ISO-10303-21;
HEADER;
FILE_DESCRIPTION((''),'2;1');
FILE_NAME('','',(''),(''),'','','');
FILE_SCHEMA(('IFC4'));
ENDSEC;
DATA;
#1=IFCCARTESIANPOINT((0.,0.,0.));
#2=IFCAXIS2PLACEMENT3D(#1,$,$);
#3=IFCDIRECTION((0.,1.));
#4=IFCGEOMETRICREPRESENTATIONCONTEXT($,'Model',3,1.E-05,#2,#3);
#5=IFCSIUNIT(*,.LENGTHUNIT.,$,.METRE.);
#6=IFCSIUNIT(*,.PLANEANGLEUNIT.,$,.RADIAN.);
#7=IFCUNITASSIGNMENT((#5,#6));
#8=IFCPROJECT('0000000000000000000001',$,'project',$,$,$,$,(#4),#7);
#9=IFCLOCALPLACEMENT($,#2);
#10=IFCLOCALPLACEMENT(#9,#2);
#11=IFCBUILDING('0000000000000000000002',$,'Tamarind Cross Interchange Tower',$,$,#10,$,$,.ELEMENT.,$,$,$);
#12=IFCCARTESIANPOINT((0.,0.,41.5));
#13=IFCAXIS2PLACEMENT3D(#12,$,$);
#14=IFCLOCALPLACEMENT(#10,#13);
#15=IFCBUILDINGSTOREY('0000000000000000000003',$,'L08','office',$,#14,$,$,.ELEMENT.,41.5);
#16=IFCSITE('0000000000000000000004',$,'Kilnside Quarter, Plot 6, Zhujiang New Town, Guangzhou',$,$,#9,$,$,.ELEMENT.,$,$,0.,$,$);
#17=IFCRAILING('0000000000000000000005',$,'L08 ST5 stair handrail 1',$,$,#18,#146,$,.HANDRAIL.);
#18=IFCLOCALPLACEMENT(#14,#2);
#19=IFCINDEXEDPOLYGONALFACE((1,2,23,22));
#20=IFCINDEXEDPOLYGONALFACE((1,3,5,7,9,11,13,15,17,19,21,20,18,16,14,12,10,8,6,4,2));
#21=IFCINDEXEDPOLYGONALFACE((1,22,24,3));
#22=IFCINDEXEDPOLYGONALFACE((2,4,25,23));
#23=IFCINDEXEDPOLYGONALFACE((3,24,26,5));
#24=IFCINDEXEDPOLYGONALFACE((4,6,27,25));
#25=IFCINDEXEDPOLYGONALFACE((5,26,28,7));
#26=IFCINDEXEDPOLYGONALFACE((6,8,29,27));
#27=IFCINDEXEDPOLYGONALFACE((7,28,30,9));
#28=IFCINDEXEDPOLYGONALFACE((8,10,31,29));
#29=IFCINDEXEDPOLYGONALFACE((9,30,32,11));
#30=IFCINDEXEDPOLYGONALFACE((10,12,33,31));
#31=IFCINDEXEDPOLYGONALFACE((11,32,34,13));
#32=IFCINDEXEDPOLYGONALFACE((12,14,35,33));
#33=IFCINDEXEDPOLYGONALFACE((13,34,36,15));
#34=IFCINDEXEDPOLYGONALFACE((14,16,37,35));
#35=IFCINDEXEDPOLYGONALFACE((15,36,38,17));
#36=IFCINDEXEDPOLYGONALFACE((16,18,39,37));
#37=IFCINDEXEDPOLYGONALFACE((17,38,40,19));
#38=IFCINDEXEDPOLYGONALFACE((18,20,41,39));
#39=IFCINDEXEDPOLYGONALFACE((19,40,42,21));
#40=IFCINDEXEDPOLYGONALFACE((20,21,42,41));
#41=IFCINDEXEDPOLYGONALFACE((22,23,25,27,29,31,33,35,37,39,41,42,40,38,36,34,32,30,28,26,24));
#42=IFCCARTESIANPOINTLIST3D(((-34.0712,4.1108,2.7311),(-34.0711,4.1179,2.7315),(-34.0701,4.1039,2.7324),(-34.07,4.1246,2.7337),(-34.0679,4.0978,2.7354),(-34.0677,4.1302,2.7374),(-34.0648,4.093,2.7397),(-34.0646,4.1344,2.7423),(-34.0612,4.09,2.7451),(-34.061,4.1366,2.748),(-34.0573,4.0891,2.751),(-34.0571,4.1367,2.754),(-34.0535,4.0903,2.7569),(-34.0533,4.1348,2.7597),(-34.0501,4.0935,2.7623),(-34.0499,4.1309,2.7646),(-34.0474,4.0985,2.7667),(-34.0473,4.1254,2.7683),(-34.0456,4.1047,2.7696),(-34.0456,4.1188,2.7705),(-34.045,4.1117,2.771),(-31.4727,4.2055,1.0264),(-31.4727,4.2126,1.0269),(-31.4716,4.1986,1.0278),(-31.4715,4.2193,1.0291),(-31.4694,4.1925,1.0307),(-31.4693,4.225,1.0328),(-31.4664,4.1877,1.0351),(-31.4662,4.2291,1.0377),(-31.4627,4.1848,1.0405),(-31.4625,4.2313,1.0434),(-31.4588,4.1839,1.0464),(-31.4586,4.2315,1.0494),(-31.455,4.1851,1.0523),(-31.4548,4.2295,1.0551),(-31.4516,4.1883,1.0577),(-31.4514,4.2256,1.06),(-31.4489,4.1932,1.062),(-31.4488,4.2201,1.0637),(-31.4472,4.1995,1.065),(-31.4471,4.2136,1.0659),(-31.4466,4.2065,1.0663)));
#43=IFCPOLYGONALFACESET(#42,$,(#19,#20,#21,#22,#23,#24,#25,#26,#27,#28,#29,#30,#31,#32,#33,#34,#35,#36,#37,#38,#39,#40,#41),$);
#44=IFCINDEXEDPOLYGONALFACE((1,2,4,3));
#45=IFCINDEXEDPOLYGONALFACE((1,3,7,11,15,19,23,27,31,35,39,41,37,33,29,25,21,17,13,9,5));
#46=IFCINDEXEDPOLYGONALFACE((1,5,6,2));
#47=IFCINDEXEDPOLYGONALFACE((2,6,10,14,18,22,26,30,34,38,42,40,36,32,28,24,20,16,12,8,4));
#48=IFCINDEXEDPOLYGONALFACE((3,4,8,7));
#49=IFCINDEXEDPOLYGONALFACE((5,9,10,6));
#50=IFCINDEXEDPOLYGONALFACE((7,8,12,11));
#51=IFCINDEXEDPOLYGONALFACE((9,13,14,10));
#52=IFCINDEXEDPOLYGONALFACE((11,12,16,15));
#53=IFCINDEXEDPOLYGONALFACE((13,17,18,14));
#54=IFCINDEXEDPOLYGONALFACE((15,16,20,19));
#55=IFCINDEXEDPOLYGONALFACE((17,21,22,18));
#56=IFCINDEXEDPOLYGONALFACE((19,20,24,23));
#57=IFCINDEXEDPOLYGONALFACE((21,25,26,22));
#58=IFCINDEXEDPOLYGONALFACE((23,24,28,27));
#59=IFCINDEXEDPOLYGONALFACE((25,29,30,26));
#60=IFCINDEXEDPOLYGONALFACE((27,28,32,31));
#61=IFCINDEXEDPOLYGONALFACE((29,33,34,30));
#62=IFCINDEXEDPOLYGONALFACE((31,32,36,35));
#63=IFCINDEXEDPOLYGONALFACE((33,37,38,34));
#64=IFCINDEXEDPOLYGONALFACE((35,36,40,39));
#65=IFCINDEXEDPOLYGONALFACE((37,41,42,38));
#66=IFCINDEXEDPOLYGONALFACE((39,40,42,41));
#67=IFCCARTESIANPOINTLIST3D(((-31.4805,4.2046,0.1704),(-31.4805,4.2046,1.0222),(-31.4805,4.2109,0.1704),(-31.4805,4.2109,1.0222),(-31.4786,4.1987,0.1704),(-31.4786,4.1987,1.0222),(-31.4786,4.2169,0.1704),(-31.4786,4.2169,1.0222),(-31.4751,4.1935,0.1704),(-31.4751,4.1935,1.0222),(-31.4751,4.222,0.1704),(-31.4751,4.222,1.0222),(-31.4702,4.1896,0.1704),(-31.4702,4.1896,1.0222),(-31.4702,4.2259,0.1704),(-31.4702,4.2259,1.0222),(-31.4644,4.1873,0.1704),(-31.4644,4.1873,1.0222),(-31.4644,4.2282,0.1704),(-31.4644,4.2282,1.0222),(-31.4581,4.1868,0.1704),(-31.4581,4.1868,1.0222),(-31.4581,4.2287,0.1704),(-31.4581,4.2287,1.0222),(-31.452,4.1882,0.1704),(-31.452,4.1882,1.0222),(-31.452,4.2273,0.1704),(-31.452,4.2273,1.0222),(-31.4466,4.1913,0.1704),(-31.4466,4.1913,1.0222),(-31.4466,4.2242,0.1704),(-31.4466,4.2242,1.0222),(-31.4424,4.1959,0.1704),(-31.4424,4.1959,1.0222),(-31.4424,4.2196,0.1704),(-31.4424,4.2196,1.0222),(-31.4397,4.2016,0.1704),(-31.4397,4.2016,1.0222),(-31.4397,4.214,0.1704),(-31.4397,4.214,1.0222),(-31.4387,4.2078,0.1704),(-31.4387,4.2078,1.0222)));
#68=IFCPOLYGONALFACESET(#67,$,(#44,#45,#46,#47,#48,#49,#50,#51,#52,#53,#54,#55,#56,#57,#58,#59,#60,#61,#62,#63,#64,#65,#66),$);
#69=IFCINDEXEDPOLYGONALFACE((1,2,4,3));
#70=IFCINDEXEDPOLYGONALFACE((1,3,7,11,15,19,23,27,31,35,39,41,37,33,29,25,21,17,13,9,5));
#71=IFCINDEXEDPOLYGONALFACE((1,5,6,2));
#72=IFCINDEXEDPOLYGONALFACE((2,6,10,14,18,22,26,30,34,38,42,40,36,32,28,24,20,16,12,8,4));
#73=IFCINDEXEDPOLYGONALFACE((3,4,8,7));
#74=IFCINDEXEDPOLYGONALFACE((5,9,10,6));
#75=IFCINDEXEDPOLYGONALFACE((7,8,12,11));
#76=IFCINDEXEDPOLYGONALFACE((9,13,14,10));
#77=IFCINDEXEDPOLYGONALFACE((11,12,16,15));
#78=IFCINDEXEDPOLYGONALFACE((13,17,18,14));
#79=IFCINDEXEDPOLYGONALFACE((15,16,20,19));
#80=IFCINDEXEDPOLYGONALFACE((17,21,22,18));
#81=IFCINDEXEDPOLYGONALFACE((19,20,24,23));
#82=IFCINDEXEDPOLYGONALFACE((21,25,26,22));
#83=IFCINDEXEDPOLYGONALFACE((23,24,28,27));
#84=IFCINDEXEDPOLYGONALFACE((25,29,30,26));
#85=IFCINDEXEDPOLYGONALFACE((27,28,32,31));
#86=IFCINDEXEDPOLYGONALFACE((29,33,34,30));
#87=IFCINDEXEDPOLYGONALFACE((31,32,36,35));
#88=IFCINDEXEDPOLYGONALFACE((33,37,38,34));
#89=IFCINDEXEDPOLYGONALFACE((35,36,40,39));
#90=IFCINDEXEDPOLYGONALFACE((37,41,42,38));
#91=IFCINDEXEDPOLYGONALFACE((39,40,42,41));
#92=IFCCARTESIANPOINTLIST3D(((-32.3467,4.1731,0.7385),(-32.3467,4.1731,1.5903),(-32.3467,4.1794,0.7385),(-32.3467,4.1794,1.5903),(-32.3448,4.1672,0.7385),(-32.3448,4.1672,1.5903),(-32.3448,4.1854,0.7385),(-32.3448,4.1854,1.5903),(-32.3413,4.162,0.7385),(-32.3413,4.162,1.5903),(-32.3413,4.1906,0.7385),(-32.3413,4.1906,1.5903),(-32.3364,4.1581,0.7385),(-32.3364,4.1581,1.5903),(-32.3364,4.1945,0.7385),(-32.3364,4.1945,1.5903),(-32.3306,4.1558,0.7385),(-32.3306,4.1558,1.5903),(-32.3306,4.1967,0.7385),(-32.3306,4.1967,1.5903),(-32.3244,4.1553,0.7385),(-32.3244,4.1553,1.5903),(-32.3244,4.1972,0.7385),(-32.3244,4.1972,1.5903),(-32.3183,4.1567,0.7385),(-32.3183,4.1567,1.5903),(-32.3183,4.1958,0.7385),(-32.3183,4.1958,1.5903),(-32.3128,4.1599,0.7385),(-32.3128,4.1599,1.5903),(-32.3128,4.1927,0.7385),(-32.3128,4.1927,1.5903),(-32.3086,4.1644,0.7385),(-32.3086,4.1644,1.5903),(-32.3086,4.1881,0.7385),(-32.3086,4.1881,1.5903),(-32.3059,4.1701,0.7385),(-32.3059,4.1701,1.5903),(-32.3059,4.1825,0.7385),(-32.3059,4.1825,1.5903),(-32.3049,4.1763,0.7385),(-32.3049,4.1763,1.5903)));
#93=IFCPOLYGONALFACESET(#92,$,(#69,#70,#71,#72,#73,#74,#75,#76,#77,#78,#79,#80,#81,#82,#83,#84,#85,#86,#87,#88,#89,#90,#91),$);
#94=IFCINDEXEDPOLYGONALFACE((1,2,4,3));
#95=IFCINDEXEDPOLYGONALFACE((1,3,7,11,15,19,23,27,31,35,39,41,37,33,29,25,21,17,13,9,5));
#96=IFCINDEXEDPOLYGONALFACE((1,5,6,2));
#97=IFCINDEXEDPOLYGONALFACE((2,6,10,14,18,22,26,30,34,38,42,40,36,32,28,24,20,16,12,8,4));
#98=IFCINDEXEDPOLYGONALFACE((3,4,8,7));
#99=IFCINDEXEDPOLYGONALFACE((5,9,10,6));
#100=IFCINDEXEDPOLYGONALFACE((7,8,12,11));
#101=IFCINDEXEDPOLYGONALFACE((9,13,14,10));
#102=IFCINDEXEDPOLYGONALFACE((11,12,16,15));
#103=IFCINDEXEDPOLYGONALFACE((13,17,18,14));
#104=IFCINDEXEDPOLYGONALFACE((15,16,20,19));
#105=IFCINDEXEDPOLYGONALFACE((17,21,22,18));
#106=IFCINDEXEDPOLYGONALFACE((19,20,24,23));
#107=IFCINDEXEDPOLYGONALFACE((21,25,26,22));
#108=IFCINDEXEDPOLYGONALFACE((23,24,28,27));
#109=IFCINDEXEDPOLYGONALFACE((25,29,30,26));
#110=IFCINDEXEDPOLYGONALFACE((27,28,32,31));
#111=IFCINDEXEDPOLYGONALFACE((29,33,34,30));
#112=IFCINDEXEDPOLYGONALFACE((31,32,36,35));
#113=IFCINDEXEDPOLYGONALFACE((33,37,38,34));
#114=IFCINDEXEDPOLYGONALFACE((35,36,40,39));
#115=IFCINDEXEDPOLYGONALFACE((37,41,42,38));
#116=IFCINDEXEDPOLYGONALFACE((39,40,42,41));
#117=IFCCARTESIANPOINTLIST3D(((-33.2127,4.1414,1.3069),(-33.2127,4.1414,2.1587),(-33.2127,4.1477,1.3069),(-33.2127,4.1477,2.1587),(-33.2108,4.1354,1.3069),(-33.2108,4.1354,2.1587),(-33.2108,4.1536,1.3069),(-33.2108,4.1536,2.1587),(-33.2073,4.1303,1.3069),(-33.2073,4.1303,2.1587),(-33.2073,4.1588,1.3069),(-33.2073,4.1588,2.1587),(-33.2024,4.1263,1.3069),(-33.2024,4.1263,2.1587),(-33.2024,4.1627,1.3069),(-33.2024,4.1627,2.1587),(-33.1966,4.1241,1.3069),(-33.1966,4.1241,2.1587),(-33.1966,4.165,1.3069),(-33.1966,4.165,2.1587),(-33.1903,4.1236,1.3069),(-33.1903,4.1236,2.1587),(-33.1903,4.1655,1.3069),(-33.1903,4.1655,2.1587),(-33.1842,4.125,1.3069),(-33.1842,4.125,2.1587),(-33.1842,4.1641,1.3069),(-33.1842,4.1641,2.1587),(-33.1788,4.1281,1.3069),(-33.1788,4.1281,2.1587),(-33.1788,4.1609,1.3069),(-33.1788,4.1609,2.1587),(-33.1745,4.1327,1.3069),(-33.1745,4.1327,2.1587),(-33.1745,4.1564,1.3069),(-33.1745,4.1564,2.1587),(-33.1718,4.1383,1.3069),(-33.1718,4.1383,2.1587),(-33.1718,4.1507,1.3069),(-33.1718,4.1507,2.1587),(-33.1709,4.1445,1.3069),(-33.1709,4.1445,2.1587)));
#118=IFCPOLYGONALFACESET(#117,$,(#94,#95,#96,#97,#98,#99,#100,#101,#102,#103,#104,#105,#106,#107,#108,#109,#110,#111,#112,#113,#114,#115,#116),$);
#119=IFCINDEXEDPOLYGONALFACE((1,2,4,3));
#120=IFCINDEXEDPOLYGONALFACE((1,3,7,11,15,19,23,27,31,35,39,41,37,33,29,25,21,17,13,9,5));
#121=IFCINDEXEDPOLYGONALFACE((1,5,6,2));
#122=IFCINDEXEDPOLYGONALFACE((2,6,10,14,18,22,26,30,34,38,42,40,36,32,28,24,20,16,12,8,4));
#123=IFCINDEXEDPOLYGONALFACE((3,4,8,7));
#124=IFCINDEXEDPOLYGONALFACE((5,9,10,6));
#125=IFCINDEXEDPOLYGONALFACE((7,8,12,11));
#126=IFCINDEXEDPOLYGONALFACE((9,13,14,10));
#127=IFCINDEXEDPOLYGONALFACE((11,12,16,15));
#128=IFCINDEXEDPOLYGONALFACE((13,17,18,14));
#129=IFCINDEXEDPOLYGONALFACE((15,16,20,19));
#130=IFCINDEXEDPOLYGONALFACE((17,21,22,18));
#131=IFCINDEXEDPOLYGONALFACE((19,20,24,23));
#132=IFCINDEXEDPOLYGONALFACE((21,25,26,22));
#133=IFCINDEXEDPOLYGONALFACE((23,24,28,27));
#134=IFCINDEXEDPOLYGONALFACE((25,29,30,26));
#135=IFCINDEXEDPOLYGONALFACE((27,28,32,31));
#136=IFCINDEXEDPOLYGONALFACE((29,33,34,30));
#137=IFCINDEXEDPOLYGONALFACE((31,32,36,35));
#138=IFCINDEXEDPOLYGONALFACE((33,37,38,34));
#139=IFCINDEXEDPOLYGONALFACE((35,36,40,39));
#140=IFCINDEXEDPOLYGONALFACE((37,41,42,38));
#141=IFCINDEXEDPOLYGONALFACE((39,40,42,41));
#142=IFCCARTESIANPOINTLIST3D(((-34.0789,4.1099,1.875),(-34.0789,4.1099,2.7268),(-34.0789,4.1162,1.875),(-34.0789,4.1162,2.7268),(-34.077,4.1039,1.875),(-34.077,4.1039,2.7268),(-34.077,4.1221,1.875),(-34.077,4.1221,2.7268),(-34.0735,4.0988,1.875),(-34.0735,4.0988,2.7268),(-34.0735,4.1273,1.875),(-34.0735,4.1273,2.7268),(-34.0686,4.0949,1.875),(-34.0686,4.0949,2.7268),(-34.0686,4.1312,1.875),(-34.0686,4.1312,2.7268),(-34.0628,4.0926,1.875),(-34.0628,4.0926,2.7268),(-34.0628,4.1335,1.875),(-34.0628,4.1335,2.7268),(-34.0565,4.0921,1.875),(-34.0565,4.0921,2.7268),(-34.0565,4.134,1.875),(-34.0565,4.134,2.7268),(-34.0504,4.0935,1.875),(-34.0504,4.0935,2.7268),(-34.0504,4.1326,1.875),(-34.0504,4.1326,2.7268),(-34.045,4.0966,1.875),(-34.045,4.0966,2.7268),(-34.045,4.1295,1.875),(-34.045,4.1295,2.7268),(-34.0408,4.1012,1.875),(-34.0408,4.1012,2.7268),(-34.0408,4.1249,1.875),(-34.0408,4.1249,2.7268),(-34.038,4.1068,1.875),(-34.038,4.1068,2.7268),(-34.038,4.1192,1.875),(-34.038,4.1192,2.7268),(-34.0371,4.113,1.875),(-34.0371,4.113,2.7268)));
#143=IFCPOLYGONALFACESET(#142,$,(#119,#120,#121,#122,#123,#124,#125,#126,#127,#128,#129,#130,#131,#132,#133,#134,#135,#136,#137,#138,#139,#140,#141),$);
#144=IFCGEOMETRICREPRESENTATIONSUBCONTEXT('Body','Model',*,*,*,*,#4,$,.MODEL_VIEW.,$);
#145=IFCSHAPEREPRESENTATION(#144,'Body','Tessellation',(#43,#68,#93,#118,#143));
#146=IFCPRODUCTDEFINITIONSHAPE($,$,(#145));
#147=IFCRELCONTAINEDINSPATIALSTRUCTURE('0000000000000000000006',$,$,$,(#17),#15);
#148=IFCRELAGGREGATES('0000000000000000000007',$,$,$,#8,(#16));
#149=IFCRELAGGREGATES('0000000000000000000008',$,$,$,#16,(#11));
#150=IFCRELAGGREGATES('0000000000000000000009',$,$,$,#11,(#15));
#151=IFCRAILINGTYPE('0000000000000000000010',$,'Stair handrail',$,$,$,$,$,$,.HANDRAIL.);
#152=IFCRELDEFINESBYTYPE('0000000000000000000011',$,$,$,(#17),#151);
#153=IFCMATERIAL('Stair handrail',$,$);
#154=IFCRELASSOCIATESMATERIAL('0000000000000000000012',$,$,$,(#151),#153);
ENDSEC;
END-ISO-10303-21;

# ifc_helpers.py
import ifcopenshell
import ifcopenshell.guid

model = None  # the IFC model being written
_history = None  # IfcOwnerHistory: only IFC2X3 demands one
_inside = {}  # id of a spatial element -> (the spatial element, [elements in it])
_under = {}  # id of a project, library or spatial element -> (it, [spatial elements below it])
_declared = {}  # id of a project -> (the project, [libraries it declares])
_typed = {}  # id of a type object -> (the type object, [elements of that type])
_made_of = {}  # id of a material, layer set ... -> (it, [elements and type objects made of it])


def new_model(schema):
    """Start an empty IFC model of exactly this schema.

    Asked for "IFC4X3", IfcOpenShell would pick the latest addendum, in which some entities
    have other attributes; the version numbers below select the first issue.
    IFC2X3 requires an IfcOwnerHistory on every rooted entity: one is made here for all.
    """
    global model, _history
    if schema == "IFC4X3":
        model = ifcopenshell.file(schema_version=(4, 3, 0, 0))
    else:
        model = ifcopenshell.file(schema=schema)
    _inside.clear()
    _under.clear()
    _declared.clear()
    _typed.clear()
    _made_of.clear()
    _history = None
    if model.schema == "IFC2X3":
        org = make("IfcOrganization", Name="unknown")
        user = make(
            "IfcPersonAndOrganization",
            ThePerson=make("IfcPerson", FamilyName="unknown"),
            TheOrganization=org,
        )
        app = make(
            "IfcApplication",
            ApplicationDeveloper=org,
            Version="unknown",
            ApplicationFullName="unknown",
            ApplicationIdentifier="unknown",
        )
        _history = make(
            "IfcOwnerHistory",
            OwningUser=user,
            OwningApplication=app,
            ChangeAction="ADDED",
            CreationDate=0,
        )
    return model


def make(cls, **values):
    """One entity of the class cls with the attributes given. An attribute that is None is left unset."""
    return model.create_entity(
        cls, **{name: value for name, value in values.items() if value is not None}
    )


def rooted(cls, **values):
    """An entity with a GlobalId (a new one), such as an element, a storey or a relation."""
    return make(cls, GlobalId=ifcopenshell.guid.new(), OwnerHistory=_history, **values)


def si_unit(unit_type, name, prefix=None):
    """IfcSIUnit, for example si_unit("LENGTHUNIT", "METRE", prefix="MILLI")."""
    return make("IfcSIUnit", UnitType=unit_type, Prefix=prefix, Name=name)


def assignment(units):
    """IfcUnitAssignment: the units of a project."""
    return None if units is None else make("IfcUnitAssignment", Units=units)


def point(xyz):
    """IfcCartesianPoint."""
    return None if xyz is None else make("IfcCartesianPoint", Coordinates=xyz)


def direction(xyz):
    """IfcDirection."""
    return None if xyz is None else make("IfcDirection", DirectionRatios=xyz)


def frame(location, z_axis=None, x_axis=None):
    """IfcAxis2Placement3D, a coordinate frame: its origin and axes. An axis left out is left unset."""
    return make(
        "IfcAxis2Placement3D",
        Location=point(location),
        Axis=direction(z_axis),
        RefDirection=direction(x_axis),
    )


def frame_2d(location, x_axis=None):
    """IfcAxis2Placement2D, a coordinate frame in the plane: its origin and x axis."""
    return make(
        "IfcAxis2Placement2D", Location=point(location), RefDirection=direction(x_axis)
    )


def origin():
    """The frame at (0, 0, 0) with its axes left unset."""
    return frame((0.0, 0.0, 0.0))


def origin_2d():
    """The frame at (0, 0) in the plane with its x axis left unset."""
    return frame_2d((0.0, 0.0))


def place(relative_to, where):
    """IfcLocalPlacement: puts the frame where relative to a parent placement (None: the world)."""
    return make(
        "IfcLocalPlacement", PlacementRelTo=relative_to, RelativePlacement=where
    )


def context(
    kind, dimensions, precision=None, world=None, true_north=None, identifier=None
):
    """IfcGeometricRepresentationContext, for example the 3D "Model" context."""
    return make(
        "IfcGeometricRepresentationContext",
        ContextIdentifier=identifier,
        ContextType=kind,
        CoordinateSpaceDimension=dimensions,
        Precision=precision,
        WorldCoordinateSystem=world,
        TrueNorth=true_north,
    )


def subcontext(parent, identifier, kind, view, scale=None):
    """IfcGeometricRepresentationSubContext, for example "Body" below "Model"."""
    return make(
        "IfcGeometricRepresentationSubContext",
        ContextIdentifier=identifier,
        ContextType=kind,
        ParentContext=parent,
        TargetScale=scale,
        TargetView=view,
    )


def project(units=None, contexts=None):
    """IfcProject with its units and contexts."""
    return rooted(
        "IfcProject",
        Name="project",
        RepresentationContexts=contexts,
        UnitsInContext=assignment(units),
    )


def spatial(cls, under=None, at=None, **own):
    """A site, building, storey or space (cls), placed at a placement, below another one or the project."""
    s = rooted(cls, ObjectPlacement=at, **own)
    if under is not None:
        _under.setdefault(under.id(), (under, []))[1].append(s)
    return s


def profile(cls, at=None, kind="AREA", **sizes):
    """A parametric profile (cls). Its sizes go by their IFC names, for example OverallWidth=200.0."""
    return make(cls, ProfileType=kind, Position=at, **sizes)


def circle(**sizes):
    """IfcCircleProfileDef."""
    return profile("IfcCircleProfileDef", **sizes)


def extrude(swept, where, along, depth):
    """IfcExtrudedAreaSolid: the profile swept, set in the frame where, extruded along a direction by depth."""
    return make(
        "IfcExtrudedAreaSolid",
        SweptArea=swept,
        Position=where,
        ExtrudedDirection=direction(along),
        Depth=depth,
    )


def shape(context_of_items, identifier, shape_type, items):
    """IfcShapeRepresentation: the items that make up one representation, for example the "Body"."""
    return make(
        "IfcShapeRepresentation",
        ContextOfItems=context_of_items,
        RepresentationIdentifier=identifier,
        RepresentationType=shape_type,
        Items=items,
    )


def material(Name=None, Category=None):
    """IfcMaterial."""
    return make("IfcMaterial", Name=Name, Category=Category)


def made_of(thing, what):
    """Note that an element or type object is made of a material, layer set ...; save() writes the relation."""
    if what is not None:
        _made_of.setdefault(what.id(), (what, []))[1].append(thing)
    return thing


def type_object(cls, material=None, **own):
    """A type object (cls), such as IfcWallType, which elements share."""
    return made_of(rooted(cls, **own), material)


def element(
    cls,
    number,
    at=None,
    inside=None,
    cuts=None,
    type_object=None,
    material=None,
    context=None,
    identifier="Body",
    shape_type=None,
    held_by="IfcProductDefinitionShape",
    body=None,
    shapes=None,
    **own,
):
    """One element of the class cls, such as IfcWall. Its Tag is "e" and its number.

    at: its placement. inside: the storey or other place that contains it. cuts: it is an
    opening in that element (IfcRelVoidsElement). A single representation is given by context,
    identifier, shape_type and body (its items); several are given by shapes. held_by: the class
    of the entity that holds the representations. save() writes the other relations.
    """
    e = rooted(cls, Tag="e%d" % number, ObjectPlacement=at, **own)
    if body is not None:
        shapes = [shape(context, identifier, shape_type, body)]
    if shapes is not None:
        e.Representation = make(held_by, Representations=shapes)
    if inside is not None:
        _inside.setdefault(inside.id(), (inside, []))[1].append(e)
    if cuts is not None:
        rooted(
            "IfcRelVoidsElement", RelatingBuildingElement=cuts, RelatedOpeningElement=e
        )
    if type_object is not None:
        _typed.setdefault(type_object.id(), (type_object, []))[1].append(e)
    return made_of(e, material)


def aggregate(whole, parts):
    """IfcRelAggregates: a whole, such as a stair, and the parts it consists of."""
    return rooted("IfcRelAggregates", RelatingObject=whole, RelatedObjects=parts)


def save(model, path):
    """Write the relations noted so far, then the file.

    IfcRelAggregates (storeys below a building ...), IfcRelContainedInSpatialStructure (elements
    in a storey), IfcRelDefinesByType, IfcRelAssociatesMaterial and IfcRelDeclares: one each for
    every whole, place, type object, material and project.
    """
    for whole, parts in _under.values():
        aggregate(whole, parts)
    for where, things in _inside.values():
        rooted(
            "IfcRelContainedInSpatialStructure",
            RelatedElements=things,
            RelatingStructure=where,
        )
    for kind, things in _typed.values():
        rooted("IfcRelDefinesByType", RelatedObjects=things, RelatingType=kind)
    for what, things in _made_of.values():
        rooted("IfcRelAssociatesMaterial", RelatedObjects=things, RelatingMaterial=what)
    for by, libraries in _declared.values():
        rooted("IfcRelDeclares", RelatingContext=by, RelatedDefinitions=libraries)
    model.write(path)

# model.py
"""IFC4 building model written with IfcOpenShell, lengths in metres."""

from ifc_helpers import new_model, si_unit, direction, frame, origin, origin_2d, place, context, subcontext, project, spatial, circle, extrude, material, type_object, element, save


model = new_model("IFC4")

# Units and contexts
model_context = context("Model", 3, precision=1e-05, world=origin(), true_north=direction((0.0, 1.0)))
body_context = subcontext(model_context, "Body", "Model", "MODEL_VIEW")
ifc_project = project(units=[si_unit("LENGTHUNIT", "METRE"), si_unit("PLANEANGLEUNIT", "RADIAN")], contexts=[model_context])

# Site, building, storey
site_placement = place(None, origin())
site = spatial("IfcSite", under=ifc_project, at=site_placement, Name="Kilnside Quarter, Plot 6, Zhujiang New Town, Guangzhou", CompositionType="ELEMENT", RefElevation=0.0)
building_placement = place(site_placement, origin())
building = spatial("IfcBuilding", under=site, at=building_placement, Name="Tamarind Cross Interchange Tower", CompositionType="ELEMENT")
storey_placement = place(building_placement, frame((0.0, 0.0, 41.5)))
storey = spatial("IfcBuildingStorey", under=building, at=storey_placement, Name="L08", Description="office", CompositionType="ELEMENT", Elevation=41.5)

# Railing
ifc_material_1 = material(Name="Stair handrail")
railing_type_1 = type_object("IfcRailingType", Name="Stair handrail", PredefinedType="HANDRAIL", material=ifc_material_1)
railing_1_placement = place(storey_placement, frame((-31.4597, 4.2078, 0.1704)))
element("IfcRailing", 1, at=railing_1_placement, inside=storey, type_object=railing_type_1, Name="L08 ST5 stair handrail 1", PredefinedType="HANDRAIL", context=body_context, shape_type="SweptSolid", body=[
    extrude(circle(Radius=0.0239, at=origin_2d()), frame((0.0, 0.0, 0.876), z_axis=(-0.835749, -0.030468, 0.548266), x_axis=(0.036432, -0.999336, 0.0)), (0.0, 0.0, 1.0), 3.1091),
    extrude(circle(Radius=0.021, at=origin_2d()), origin(), (0.0, 0.0, 1.0), 0.8518),
    extrude(circle(Radius=0.021, at=origin_2d()), frame((-0.8662, -0.0315, 0.5681)), (0.0, 0.0, 1.0), 0.8518),
    extrude(circle(Radius=0.021, at=origin_2d()), frame((-1.7322, -0.0632, 1.1365)), (0.0, 0.0, 1.0), 0.8518),
    extrude(circle(Radius=0.021, at=origin_2d()), frame((-2.5984, -0.0947, 1.7046)), (0.0, 0.0, 1.0), 0.8518),
])

save(model, "model.ifc")
